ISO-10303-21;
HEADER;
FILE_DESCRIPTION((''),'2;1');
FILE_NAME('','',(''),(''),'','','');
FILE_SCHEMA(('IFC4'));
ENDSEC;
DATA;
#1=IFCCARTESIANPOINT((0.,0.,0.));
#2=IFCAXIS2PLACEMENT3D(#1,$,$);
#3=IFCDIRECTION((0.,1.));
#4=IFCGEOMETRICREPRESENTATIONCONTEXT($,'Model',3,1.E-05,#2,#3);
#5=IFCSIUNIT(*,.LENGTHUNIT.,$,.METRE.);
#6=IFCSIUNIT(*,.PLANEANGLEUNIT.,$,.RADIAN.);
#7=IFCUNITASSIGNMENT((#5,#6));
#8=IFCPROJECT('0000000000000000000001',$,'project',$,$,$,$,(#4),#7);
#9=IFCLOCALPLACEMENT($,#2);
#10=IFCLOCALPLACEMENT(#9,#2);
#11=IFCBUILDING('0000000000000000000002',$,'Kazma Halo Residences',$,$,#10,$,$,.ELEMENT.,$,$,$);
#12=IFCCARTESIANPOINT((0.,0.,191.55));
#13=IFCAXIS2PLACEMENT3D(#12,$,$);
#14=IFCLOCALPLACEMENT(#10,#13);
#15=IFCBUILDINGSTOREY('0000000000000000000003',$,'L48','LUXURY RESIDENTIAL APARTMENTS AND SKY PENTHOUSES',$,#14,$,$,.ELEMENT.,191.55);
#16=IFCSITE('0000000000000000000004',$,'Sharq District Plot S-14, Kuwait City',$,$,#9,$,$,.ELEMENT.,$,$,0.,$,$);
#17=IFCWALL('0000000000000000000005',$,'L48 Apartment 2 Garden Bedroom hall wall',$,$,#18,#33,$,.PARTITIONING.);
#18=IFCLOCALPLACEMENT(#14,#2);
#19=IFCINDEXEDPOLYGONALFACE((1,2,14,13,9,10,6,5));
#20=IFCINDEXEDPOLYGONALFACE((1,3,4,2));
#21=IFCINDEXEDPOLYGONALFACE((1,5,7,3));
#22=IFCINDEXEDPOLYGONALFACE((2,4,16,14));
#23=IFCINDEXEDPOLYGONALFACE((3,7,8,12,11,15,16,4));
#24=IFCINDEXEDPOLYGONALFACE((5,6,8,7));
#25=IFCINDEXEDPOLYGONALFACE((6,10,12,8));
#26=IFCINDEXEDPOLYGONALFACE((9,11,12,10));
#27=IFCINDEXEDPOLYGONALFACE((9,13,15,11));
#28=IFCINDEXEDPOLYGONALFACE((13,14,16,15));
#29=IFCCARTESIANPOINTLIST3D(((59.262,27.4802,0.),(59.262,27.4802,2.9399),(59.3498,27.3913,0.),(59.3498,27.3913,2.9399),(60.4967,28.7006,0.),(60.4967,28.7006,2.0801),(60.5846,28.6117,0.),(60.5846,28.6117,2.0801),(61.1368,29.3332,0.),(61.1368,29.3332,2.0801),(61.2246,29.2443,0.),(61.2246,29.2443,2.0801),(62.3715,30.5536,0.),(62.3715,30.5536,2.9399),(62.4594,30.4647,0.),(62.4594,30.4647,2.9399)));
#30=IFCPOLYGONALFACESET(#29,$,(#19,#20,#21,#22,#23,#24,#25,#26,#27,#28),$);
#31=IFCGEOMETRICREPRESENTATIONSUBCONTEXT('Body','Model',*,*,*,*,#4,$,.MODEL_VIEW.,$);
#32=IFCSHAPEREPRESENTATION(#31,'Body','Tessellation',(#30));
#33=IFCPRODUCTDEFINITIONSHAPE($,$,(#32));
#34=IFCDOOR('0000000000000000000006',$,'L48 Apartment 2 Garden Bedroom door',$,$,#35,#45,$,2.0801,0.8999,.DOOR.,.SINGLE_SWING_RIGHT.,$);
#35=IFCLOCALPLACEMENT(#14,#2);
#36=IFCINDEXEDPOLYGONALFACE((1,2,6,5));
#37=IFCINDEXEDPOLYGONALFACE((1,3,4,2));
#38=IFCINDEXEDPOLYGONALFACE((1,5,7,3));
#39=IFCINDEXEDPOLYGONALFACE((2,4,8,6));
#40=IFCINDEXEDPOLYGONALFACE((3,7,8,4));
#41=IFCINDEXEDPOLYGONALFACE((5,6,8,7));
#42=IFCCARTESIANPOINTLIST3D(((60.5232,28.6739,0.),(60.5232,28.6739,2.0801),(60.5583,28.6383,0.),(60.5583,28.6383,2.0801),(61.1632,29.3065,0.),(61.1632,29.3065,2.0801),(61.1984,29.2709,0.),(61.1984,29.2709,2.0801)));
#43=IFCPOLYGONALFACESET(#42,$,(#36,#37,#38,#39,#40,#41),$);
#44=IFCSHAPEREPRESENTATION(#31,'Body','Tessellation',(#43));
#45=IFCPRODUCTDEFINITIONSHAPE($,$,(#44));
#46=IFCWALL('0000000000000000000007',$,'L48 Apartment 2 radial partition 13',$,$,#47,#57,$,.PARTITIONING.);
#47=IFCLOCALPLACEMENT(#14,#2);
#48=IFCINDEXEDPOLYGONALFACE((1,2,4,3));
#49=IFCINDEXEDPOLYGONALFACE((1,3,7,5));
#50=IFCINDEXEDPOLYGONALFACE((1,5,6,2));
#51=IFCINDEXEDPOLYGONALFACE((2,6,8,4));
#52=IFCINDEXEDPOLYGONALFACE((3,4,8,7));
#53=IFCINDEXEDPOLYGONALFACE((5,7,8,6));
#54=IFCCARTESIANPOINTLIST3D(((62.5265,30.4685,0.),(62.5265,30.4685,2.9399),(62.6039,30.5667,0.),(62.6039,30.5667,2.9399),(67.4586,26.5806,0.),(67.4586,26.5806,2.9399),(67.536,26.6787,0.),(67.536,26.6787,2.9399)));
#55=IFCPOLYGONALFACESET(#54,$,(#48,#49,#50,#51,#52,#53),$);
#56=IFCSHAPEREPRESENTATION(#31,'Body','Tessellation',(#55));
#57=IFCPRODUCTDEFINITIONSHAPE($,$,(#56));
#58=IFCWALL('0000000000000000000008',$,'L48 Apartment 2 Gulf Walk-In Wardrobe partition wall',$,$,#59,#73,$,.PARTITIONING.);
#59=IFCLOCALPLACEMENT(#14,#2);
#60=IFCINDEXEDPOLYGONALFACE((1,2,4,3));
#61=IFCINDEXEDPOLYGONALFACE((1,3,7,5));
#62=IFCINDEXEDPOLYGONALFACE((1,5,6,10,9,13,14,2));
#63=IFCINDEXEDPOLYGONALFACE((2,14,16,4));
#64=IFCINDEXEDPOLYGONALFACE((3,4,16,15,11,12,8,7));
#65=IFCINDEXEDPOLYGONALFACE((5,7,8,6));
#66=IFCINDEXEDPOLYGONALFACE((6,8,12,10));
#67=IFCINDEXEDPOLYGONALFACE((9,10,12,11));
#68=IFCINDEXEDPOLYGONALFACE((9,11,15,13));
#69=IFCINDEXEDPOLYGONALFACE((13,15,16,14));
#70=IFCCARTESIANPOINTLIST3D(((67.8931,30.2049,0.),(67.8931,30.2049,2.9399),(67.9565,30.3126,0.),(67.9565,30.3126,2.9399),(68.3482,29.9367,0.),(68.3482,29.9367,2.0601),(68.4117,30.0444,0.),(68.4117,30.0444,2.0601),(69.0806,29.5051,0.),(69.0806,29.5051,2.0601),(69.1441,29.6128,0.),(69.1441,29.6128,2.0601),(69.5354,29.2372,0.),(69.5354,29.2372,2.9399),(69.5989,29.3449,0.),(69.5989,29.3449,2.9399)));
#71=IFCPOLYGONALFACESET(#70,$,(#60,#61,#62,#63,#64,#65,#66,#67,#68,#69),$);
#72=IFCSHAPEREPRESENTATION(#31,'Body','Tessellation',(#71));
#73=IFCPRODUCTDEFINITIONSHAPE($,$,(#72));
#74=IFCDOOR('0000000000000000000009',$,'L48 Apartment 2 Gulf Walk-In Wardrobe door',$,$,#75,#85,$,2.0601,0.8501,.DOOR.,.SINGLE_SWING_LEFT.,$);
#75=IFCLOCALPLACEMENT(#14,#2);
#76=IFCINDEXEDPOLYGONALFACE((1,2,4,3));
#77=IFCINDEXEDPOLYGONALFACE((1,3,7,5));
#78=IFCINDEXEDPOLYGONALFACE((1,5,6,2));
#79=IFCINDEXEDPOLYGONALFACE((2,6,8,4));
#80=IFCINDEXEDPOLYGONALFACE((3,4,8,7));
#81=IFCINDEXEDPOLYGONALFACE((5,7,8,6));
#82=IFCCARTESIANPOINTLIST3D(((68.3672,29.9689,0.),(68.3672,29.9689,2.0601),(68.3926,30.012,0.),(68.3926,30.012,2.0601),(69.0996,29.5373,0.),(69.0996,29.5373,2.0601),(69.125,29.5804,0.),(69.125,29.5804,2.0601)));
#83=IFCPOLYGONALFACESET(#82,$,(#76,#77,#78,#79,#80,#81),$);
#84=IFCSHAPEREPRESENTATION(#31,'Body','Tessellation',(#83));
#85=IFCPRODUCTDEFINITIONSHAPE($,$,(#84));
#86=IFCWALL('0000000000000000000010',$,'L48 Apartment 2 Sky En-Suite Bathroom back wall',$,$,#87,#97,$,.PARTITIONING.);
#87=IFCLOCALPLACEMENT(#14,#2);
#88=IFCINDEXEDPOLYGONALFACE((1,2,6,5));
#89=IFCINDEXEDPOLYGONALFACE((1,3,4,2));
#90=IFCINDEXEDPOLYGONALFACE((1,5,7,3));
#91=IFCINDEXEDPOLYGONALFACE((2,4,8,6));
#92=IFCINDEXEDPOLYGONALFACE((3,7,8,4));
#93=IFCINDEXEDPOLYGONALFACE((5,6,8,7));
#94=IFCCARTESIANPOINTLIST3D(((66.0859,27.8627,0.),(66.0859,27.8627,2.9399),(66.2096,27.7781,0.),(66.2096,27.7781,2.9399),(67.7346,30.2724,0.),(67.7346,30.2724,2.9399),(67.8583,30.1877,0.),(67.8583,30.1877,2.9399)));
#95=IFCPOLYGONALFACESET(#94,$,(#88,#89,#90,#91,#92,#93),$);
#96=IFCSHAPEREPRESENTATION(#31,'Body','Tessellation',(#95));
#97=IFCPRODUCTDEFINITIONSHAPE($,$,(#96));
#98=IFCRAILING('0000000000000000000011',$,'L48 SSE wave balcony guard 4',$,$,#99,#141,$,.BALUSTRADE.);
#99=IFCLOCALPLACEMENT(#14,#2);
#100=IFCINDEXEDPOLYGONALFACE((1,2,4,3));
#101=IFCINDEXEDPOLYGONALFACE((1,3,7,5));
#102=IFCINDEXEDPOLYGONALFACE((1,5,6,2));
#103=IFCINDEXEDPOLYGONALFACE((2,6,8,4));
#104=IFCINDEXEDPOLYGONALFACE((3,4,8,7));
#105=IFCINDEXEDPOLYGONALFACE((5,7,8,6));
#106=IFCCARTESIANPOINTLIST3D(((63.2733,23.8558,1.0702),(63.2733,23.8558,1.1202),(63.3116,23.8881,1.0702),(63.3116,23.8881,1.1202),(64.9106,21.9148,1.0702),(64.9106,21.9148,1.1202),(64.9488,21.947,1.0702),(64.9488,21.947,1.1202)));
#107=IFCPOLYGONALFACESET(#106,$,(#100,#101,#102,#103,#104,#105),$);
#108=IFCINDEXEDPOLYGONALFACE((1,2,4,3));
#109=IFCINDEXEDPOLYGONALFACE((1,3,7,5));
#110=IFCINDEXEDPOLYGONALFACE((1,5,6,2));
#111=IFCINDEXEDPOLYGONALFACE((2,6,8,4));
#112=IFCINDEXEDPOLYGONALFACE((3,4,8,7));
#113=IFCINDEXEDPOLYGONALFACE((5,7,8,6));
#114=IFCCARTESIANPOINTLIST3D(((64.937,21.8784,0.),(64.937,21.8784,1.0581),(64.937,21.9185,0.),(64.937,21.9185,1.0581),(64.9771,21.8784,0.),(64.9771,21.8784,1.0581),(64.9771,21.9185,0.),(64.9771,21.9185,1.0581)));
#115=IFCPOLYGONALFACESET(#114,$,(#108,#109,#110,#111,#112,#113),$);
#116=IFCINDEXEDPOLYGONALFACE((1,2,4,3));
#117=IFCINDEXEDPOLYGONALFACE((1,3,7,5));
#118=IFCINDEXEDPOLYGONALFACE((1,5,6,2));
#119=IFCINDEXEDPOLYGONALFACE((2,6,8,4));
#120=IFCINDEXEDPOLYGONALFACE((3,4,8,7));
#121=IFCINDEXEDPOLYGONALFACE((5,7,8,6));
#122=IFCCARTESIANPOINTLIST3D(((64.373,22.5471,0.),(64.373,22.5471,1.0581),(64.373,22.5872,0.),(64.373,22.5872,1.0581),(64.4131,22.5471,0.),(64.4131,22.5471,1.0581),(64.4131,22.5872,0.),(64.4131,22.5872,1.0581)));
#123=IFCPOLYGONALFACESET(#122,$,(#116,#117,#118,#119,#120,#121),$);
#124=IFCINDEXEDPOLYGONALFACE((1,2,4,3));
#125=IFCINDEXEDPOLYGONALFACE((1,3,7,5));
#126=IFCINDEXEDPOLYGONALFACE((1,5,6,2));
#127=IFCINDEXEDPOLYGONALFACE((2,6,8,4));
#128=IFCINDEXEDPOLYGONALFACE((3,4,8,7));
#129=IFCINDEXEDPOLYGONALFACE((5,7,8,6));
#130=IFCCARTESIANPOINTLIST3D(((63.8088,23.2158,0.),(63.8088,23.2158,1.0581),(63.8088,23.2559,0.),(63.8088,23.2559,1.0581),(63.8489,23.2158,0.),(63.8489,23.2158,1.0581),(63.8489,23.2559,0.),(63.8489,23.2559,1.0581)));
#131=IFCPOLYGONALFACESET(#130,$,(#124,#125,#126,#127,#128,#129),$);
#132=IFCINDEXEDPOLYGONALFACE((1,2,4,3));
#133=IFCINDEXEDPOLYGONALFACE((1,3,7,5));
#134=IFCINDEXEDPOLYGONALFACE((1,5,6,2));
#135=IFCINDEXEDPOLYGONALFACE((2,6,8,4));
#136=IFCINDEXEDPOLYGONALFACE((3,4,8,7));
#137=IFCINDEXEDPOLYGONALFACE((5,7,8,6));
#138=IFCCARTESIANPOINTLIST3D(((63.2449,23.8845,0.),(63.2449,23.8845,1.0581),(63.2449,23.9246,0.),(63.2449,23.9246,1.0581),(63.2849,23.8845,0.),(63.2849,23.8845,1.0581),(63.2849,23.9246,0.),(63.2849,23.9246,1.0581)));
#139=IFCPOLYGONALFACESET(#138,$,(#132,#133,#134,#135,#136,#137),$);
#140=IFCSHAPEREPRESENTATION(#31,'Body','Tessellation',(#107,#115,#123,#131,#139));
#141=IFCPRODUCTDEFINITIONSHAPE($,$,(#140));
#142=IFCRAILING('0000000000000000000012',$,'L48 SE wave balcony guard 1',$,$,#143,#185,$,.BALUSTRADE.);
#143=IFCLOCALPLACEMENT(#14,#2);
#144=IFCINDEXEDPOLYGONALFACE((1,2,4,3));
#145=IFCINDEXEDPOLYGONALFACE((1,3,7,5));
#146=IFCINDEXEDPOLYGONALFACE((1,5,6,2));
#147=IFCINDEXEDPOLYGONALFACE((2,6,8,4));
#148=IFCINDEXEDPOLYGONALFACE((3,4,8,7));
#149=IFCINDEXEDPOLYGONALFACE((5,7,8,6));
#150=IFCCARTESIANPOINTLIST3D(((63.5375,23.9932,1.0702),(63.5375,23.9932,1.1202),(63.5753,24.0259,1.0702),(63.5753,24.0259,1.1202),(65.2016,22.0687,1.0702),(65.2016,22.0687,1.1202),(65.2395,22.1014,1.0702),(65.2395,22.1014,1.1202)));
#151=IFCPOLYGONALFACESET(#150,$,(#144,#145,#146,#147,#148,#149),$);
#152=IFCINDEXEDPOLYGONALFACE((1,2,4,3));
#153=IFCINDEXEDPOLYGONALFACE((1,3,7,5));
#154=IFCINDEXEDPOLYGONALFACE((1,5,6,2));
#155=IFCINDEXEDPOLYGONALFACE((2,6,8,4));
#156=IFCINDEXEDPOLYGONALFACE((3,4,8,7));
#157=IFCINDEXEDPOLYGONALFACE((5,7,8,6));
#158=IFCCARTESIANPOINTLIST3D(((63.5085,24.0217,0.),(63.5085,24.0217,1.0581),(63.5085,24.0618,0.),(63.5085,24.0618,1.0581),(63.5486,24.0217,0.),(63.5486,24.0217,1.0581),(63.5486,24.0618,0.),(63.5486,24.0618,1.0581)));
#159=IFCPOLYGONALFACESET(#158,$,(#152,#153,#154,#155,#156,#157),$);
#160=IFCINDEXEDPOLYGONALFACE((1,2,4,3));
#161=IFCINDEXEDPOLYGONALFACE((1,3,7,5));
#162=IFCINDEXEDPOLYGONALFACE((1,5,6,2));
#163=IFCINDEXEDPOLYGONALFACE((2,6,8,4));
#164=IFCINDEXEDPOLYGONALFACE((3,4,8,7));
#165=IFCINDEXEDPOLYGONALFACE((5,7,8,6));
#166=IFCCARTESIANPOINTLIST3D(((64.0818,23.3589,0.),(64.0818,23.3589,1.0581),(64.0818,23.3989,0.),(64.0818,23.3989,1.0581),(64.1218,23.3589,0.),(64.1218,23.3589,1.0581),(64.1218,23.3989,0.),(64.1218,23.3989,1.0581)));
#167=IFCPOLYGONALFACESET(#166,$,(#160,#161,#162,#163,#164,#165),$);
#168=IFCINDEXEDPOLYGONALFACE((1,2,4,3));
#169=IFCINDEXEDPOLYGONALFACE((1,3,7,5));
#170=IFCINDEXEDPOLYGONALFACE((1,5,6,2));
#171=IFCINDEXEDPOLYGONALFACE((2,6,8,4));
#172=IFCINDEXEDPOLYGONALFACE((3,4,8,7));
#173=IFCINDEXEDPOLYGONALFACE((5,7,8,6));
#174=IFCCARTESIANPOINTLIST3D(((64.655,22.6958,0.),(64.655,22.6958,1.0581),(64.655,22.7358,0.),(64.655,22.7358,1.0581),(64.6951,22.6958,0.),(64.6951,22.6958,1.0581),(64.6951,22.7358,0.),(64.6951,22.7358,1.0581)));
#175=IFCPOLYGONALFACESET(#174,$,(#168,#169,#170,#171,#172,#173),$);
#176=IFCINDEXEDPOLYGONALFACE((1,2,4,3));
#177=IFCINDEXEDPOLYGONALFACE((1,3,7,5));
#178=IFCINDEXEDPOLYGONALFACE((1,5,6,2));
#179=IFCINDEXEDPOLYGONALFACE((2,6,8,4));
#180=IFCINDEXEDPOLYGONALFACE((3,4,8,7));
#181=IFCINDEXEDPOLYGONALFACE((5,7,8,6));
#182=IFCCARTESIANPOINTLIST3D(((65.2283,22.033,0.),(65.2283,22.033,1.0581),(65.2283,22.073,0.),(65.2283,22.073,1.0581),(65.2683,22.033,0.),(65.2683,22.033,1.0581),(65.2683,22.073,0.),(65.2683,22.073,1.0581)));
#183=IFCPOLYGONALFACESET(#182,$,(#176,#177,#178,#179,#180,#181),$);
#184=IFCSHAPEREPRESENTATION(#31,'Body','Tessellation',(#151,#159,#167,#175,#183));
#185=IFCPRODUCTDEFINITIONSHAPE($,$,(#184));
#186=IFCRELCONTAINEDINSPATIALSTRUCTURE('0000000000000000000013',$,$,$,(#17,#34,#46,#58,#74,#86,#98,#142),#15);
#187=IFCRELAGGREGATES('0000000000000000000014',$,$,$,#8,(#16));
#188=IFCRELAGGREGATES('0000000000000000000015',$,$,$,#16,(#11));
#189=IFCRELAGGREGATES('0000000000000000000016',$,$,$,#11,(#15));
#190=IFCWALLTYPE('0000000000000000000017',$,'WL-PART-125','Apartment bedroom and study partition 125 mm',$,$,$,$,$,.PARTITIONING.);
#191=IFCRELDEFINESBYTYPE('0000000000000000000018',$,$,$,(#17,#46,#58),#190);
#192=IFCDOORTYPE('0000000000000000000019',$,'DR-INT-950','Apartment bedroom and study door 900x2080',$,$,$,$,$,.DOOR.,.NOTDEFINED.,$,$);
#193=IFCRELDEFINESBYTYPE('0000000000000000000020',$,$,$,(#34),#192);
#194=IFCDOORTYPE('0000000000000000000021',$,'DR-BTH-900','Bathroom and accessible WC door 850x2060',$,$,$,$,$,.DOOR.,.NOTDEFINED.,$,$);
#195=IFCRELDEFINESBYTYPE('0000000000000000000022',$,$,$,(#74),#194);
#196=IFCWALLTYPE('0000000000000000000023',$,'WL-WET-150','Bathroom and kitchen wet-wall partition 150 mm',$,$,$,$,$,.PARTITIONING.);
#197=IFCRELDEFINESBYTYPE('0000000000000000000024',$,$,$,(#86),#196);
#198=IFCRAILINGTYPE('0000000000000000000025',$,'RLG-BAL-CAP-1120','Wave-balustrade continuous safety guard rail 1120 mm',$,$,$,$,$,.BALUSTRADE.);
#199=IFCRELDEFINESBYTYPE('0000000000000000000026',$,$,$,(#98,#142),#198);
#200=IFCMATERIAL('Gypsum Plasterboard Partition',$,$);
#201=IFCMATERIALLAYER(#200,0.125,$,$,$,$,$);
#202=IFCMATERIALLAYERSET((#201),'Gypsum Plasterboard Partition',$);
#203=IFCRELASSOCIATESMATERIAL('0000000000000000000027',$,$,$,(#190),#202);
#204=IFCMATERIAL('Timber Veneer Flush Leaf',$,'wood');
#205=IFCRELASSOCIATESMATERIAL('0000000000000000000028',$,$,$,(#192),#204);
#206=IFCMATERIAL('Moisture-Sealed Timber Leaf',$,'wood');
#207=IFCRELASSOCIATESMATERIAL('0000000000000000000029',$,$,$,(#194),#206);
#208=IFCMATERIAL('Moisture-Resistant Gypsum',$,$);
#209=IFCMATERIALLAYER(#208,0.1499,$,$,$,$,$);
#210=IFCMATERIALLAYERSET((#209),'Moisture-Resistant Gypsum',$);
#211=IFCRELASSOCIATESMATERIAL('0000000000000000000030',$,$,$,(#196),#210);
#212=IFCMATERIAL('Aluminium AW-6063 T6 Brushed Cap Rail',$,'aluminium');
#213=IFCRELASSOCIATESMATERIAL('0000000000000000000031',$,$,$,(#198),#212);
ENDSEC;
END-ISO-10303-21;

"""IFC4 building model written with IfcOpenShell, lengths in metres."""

from ifc_helpers import new_model, si_unit, direction, frame, frame_2d, origin, origin_2d, place, context, subcontext, project, spatial, rectangle, extrude, material, layer, layer_set, type_object, element, fill, save


model = new_model("IFC4")

# Units and contexts
model_context = context("Model", 3, precision=1e-05, world=origin(), true_north=direction((0.0, 1.0)))
body_context = subcontext(model_context, "Body", "Model", "MODEL_VIEW")
ifc_project = project(units=[si_unit("LENGTHUNIT", "METRE"), si_unit("PLANEANGLEUNIT", "RADIAN")], contexts=[model_context])

# Site, building, storey
site_placement = place(None, origin())
site = spatial("IfcSite", under=ifc_project, at=site_placement, Name="Sharq District Plot S-14, Kuwait City", CompositionType="ELEMENT", RefElevation=0.0)
building_placement = place(site_placement, origin())
building = spatial("IfcBuilding", under=site, at=building_placement, Name="Kazma Halo Residences", CompositionType="ELEMENT")
storey_placement = place(building_placement, frame((0.0, 0.0, 191.55)))
storey = spatial("IfcBuildingStorey", under=building, at=storey_placement, Name="L48", Description="LUXURY RESIDENTIAL APARTMENTS AND SKY PENTHOUSES", CompositionType="ELEMENT", Elevation=191.55)

# Shared definitions
ifc_material_1 = material(Name="Gypsum Plasterboard Partition")
ifc_layer_1 = layer(ifc_material_1, 0.125)
ifc_layer_set_1 = layer_set([ifc_layer_1], Name="Gypsum Plasterboard Partition")
wall_type_1 = type_object("IfcWallType", Name="WL-PART-125", Description="Apartment bedroom and study partition 125 mm", PredefinedType="PARTITIONING", material=ifc_layer_set_1)

# Wall, opening, door
wall_1_placement = place(storey_placement, frame((59.3059, 27.4358, 0.0), z_axis=(0.0, 0.0, 1.0), x_axis=(0.711227, 0.702963, 0.0)))
wall_1 = element("IfcWall", 1, at=wall_1_placement, inside=storey, type_object=wall_type_1, Name="L48 Apartment 2 Garden Bedroom hall wall", PredefinedType="PARTITIONING", context=body_context, shape_type="SweptSolid", body=[
    extrude(rectangle(XDim=4.3721, YDim=0.125, at=frame_2d((2.186, 0.0))), origin(), (0.0, 0.0, 1.0), 2.9399),
])
opening_1_placement = place(wall_1_placement, frame((1.7361, 0.0, 0.0)))
opening_1 = element("IfcOpeningElement", 2, at=opening_1_placement, cuts=wall_1, PredefinedType="OPENING", context=body_context, shape_type="SweptSolid", body=[
    extrude(rectangle(XDim=0.8999, YDim=2.0801, at=frame_2d((0.45, 1.04))), frame((0.0, 0.0725, 0.0), z_axis=(0.0, -1.0, 0.0), x_axis=(1.0, 0.0, 0.0)), (0.0, 0.0, 1.0), 0.145),
])
ifc_material_2 = material(Name="Timber Veneer Flush Leaf", Category="wood")
door_type_1 = type_object("IfcDoorType", Name="DR-INT-950", Description="Apartment bedroom and study door 900x2080", OperationType="NOTDEFINED", PredefinedType="DOOR", material=ifc_material_2)
door_1_placement = place(opening_1_placement, origin())
door_1 = element("IfcDoor", 3, at=door_1_placement, inside=storey, type_object=door_type_1, Name="L48 Apartment 2 Garden Bedroom door", OperationType="SINGLE_SWING_RIGHT", OverallHeight=2.0801, OverallWidth=0.8999, PredefinedType="DOOR", context=body_context, shape_type="SweptSolid", body=[
    extrude(rectangle(XDim=0.8999, YDim=2.0801, at=frame_2d((0.45, 1.04))), frame((0.0, 0.0249, 0.0), z_axis=(0.0, -1.0, 0.0), x_axis=(1.0, 0.0, 0.0)), (0.0, 0.0, 1.0), 0.05),
])
fill(opening_1, door_1)

# Wall
wall_2_placement = place(storey_placement, frame((62.5652, 30.5176, 0.0), z_axis=(0.0, 0.0, 1.0), x_axis=(0.785335, -0.619071, 0.0)))
element("IfcWall", 4, at=wall_2_placement, inside=storey, type_object=wall_type_1, Name="L48 Apartment 2 radial partition 13", PredefinedType="PARTITIONING", context=body_context, shape_type="SweptSolid", body=[
    extrude(rectangle(XDim=6.2803, YDim=0.125, at=frame_2d((3.1401, 0.0))), origin(), (0.0, 0.0, 1.0), 2.9399),
])

# Wall, opening, door
wall_3_placement = place(storey_placement, frame((67.9248, 30.2588, 0.0), z_axis=(0.0, 0.0, 1.0), x_axis=(0.861545, -0.50768, 0.0)))
wall_3 = element("IfcWall", 5, at=wall_3_placement, inside=storey, type_object=wall_type_1, Name="L48 Apartment 2 Gulf Walk-In Wardrobe partition wall", PredefinedType="PARTITIONING", context=body_context, shape_type="SweptSolid", body=[
    extrude(rectangle(XDim=1.9062, YDim=0.125, at=frame_2d((0.9531, 0.0))), origin(), (0.0, 0.0, 1.0), 2.9399),
])
opening_2_placement = place(wall_3_placement, frame((0.5283, 0.0, 0.0)))
opening_2 = element("IfcOpeningElement", 6, at=opening_2_placement, cuts=wall_3, PredefinedType="OPENING", context=body_context, shape_type="SweptSolid", body=[
    extrude(rectangle(XDim=0.8501, YDim=2.0601, at=frame_2d((0.425, 1.03))), frame((0.0, 0.0725, 0.0), z_axis=(0.0, -1.0, 0.0), x_axis=(1.0, 0.0, 0.0)), (0.0, 0.0, 1.0), 0.145),
])
ifc_material_3 = material(Name="Moisture-Sealed Timber Leaf", Category="wood")
door_type_2 = type_object("IfcDoorType", Name="DR-BTH-900", Description="Bathroom and accessible WC door 850x2060", OperationType="NOTDEFINED", PredefinedType="DOOR", material=ifc_material_3)
door_2_placement = place(opening_2_placement, origin())
door_2 = element("IfcDoor", 7, at=door_2_placement, inside=storey, type_object=door_type_2, Name="L48 Apartment 2 Gulf Walk-In Wardrobe door", OperationType="SINGLE_SWING_LEFT", OverallHeight=2.0601, OverallWidth=0.8501, PredefinedType="DOOR", context=body_context, shape_type="SweptSolid", body=[
    extrude(rectangle(XDim=0.8501, YDim=2.0601, at=frame_2d((0.425, 1.03))), frame((0.0, 0.0249, 0.0), z_axis=(0.0, -1.0, 0.0), x_axis=(1.0, 0.0, 0.0)), (0.0, 0.0, 1.0), 0.05),
])
fill(opening_2, door_2)

# Wall
ifc_material_4 = material(Name="Moisture-Resistant Gypsum")
ifc_layer_2 = layer(ifc_material_4, 0.1499)
ifc_layer_set_2 = layer_set([ifc_layer_2], Name="Moisture-Resistant Gypsum")
wall_type_2 = type_object("IfcWallType", Name="WL-WET-150", Description="Bathroom and kitchen wet-wall partition 150 mm", PredefinedType="PARTITIONING", material=ifc_layer_set_2)
wall_4_placement = place(storey_placement, frame((66.1477, 27.8203, 0.0), z_axis=(0.0, 0.0, 1.0), x_axis=(0.564675, 0.825313, 0.0)))
element("IfcWall", 8, at=wall_4_placement, inside=storey, type_object=wall_type_2, Name="L48 Apartment 2 Sky En-Suite Bathroom back wall", PredefinedType="PARTITIONING", context=body_context, shape_type="SweptSolid", body=[
    extrude(rectangle(XDim=2.9197, YDim=0.1499, at=frame_2d((1.46, 0.0))), origin(), (0.0, 0.0, 1.0), 2.9399),
])

# Railings
ifc_material_5 = material(Name="Aluminium AW-6063 T6 Brushed Cap Rail", Category="aluminium")
railing_type = type_object("IfcRailingType", Name="RLG-BAL-CAP-1120", Description="Wave-balustrade continuous safety guard rail 1120 mm", PredefinedType="BALUSTRADE", material=ifc_material_5)
railing_1_placement = place(storey_placement, frame((64.957, 21.8984, 0.0)))
element("IfcRailing", 9, at=railing_1_placement, inside=storey, type_object=railing_type, Name="L48 SSE wave balcony guard 4", PredefinedType="BALUSTRADE", context=body_context, shape_type="SweptSolid", body=[
    extrude(rectangle(XDim=0.05, YDim=0.05, at=origin_2d()), frame((-0.0273, 0.0325, 1.0952), z_axis=(-0.644757, 0.764387, 0.0), x_axis=(-0.764387, -0.644757, 0.0)), (0.0, 0.0, 1.0), 2.5393),
    extrude(rectangle(XDim=0.04, YDim=0.04, at=origin_2d()), origin(), (0.0, 0.0, 1.0), 1.0581),
    extrude(rectangle(XDim=0.04, YDim=0.04, at=origin_2d()), frame((-0.564, 0.6687, 0.0)), (0.0, 0.0, 1.0), 1.0581),
    extrude(rectangle(XDim=0.04, YDim=0.04, at=origin_2d()), frame((-1.1282, 1.3374, 0.0)), (0.0, 0.0, 1.0), 1.0581),
    extrude(rectangle(XDim=0.04, YDim=0.04, at=origin_2d()), frame((-1.6921, 2.0061, 0.0)), (0.0, 0.0, 1.0), 1.0581),
])
railing_2_placement = place(storey_placement, frame((63.5286, 24.0417, 0.0)))
element("IfcRailing", 10, at=railing_2_placement, inside=storey, type_object=railing_type, Name="L48 SE wave balcony guard 1", PredefinedType="BALUSTRADE", context=body_context, shape_type="SweptSolid", body=[
    extrude(rectangle(XDim=0.05, YDim=0.05, at=origin_2d()), frame((0.0278, -0.0322, 1.0952), z_axis=(0.654089, -0.756418, 0.0), x_axis=(0.756418, 0.654089, 0.0)), (0.0, 0.0, 1.0), 2.5442),
    extrude(rectangle(XDim=0.04, YDim=0.04, at=origin_2d()), origin(), (0.0, 0.0, 1.0), 1.0581),
    extrude(rectangle(XDim=0.04, YDim=0.04, at=origin_2d()), frame((0.5732, -0.6628, 0.0)), (0.0, 0.0, 1.0), 1.0581),
    extrude(rectangle(XDim=0.04, YDim=0.04, at=origin_2d()), frame((1.1465, -1.3259, 0.0)), (0.0, 0.0, 1.0), 1.0581),
    extrude(rectangle(XDim=0.04, YDim=0.04, at=origin_2d()), frame((1.7197, -1.9888, 0.0)), (0.0, 0.0, 1.0), 1.0581),
])

save(model, "model.ifc")
